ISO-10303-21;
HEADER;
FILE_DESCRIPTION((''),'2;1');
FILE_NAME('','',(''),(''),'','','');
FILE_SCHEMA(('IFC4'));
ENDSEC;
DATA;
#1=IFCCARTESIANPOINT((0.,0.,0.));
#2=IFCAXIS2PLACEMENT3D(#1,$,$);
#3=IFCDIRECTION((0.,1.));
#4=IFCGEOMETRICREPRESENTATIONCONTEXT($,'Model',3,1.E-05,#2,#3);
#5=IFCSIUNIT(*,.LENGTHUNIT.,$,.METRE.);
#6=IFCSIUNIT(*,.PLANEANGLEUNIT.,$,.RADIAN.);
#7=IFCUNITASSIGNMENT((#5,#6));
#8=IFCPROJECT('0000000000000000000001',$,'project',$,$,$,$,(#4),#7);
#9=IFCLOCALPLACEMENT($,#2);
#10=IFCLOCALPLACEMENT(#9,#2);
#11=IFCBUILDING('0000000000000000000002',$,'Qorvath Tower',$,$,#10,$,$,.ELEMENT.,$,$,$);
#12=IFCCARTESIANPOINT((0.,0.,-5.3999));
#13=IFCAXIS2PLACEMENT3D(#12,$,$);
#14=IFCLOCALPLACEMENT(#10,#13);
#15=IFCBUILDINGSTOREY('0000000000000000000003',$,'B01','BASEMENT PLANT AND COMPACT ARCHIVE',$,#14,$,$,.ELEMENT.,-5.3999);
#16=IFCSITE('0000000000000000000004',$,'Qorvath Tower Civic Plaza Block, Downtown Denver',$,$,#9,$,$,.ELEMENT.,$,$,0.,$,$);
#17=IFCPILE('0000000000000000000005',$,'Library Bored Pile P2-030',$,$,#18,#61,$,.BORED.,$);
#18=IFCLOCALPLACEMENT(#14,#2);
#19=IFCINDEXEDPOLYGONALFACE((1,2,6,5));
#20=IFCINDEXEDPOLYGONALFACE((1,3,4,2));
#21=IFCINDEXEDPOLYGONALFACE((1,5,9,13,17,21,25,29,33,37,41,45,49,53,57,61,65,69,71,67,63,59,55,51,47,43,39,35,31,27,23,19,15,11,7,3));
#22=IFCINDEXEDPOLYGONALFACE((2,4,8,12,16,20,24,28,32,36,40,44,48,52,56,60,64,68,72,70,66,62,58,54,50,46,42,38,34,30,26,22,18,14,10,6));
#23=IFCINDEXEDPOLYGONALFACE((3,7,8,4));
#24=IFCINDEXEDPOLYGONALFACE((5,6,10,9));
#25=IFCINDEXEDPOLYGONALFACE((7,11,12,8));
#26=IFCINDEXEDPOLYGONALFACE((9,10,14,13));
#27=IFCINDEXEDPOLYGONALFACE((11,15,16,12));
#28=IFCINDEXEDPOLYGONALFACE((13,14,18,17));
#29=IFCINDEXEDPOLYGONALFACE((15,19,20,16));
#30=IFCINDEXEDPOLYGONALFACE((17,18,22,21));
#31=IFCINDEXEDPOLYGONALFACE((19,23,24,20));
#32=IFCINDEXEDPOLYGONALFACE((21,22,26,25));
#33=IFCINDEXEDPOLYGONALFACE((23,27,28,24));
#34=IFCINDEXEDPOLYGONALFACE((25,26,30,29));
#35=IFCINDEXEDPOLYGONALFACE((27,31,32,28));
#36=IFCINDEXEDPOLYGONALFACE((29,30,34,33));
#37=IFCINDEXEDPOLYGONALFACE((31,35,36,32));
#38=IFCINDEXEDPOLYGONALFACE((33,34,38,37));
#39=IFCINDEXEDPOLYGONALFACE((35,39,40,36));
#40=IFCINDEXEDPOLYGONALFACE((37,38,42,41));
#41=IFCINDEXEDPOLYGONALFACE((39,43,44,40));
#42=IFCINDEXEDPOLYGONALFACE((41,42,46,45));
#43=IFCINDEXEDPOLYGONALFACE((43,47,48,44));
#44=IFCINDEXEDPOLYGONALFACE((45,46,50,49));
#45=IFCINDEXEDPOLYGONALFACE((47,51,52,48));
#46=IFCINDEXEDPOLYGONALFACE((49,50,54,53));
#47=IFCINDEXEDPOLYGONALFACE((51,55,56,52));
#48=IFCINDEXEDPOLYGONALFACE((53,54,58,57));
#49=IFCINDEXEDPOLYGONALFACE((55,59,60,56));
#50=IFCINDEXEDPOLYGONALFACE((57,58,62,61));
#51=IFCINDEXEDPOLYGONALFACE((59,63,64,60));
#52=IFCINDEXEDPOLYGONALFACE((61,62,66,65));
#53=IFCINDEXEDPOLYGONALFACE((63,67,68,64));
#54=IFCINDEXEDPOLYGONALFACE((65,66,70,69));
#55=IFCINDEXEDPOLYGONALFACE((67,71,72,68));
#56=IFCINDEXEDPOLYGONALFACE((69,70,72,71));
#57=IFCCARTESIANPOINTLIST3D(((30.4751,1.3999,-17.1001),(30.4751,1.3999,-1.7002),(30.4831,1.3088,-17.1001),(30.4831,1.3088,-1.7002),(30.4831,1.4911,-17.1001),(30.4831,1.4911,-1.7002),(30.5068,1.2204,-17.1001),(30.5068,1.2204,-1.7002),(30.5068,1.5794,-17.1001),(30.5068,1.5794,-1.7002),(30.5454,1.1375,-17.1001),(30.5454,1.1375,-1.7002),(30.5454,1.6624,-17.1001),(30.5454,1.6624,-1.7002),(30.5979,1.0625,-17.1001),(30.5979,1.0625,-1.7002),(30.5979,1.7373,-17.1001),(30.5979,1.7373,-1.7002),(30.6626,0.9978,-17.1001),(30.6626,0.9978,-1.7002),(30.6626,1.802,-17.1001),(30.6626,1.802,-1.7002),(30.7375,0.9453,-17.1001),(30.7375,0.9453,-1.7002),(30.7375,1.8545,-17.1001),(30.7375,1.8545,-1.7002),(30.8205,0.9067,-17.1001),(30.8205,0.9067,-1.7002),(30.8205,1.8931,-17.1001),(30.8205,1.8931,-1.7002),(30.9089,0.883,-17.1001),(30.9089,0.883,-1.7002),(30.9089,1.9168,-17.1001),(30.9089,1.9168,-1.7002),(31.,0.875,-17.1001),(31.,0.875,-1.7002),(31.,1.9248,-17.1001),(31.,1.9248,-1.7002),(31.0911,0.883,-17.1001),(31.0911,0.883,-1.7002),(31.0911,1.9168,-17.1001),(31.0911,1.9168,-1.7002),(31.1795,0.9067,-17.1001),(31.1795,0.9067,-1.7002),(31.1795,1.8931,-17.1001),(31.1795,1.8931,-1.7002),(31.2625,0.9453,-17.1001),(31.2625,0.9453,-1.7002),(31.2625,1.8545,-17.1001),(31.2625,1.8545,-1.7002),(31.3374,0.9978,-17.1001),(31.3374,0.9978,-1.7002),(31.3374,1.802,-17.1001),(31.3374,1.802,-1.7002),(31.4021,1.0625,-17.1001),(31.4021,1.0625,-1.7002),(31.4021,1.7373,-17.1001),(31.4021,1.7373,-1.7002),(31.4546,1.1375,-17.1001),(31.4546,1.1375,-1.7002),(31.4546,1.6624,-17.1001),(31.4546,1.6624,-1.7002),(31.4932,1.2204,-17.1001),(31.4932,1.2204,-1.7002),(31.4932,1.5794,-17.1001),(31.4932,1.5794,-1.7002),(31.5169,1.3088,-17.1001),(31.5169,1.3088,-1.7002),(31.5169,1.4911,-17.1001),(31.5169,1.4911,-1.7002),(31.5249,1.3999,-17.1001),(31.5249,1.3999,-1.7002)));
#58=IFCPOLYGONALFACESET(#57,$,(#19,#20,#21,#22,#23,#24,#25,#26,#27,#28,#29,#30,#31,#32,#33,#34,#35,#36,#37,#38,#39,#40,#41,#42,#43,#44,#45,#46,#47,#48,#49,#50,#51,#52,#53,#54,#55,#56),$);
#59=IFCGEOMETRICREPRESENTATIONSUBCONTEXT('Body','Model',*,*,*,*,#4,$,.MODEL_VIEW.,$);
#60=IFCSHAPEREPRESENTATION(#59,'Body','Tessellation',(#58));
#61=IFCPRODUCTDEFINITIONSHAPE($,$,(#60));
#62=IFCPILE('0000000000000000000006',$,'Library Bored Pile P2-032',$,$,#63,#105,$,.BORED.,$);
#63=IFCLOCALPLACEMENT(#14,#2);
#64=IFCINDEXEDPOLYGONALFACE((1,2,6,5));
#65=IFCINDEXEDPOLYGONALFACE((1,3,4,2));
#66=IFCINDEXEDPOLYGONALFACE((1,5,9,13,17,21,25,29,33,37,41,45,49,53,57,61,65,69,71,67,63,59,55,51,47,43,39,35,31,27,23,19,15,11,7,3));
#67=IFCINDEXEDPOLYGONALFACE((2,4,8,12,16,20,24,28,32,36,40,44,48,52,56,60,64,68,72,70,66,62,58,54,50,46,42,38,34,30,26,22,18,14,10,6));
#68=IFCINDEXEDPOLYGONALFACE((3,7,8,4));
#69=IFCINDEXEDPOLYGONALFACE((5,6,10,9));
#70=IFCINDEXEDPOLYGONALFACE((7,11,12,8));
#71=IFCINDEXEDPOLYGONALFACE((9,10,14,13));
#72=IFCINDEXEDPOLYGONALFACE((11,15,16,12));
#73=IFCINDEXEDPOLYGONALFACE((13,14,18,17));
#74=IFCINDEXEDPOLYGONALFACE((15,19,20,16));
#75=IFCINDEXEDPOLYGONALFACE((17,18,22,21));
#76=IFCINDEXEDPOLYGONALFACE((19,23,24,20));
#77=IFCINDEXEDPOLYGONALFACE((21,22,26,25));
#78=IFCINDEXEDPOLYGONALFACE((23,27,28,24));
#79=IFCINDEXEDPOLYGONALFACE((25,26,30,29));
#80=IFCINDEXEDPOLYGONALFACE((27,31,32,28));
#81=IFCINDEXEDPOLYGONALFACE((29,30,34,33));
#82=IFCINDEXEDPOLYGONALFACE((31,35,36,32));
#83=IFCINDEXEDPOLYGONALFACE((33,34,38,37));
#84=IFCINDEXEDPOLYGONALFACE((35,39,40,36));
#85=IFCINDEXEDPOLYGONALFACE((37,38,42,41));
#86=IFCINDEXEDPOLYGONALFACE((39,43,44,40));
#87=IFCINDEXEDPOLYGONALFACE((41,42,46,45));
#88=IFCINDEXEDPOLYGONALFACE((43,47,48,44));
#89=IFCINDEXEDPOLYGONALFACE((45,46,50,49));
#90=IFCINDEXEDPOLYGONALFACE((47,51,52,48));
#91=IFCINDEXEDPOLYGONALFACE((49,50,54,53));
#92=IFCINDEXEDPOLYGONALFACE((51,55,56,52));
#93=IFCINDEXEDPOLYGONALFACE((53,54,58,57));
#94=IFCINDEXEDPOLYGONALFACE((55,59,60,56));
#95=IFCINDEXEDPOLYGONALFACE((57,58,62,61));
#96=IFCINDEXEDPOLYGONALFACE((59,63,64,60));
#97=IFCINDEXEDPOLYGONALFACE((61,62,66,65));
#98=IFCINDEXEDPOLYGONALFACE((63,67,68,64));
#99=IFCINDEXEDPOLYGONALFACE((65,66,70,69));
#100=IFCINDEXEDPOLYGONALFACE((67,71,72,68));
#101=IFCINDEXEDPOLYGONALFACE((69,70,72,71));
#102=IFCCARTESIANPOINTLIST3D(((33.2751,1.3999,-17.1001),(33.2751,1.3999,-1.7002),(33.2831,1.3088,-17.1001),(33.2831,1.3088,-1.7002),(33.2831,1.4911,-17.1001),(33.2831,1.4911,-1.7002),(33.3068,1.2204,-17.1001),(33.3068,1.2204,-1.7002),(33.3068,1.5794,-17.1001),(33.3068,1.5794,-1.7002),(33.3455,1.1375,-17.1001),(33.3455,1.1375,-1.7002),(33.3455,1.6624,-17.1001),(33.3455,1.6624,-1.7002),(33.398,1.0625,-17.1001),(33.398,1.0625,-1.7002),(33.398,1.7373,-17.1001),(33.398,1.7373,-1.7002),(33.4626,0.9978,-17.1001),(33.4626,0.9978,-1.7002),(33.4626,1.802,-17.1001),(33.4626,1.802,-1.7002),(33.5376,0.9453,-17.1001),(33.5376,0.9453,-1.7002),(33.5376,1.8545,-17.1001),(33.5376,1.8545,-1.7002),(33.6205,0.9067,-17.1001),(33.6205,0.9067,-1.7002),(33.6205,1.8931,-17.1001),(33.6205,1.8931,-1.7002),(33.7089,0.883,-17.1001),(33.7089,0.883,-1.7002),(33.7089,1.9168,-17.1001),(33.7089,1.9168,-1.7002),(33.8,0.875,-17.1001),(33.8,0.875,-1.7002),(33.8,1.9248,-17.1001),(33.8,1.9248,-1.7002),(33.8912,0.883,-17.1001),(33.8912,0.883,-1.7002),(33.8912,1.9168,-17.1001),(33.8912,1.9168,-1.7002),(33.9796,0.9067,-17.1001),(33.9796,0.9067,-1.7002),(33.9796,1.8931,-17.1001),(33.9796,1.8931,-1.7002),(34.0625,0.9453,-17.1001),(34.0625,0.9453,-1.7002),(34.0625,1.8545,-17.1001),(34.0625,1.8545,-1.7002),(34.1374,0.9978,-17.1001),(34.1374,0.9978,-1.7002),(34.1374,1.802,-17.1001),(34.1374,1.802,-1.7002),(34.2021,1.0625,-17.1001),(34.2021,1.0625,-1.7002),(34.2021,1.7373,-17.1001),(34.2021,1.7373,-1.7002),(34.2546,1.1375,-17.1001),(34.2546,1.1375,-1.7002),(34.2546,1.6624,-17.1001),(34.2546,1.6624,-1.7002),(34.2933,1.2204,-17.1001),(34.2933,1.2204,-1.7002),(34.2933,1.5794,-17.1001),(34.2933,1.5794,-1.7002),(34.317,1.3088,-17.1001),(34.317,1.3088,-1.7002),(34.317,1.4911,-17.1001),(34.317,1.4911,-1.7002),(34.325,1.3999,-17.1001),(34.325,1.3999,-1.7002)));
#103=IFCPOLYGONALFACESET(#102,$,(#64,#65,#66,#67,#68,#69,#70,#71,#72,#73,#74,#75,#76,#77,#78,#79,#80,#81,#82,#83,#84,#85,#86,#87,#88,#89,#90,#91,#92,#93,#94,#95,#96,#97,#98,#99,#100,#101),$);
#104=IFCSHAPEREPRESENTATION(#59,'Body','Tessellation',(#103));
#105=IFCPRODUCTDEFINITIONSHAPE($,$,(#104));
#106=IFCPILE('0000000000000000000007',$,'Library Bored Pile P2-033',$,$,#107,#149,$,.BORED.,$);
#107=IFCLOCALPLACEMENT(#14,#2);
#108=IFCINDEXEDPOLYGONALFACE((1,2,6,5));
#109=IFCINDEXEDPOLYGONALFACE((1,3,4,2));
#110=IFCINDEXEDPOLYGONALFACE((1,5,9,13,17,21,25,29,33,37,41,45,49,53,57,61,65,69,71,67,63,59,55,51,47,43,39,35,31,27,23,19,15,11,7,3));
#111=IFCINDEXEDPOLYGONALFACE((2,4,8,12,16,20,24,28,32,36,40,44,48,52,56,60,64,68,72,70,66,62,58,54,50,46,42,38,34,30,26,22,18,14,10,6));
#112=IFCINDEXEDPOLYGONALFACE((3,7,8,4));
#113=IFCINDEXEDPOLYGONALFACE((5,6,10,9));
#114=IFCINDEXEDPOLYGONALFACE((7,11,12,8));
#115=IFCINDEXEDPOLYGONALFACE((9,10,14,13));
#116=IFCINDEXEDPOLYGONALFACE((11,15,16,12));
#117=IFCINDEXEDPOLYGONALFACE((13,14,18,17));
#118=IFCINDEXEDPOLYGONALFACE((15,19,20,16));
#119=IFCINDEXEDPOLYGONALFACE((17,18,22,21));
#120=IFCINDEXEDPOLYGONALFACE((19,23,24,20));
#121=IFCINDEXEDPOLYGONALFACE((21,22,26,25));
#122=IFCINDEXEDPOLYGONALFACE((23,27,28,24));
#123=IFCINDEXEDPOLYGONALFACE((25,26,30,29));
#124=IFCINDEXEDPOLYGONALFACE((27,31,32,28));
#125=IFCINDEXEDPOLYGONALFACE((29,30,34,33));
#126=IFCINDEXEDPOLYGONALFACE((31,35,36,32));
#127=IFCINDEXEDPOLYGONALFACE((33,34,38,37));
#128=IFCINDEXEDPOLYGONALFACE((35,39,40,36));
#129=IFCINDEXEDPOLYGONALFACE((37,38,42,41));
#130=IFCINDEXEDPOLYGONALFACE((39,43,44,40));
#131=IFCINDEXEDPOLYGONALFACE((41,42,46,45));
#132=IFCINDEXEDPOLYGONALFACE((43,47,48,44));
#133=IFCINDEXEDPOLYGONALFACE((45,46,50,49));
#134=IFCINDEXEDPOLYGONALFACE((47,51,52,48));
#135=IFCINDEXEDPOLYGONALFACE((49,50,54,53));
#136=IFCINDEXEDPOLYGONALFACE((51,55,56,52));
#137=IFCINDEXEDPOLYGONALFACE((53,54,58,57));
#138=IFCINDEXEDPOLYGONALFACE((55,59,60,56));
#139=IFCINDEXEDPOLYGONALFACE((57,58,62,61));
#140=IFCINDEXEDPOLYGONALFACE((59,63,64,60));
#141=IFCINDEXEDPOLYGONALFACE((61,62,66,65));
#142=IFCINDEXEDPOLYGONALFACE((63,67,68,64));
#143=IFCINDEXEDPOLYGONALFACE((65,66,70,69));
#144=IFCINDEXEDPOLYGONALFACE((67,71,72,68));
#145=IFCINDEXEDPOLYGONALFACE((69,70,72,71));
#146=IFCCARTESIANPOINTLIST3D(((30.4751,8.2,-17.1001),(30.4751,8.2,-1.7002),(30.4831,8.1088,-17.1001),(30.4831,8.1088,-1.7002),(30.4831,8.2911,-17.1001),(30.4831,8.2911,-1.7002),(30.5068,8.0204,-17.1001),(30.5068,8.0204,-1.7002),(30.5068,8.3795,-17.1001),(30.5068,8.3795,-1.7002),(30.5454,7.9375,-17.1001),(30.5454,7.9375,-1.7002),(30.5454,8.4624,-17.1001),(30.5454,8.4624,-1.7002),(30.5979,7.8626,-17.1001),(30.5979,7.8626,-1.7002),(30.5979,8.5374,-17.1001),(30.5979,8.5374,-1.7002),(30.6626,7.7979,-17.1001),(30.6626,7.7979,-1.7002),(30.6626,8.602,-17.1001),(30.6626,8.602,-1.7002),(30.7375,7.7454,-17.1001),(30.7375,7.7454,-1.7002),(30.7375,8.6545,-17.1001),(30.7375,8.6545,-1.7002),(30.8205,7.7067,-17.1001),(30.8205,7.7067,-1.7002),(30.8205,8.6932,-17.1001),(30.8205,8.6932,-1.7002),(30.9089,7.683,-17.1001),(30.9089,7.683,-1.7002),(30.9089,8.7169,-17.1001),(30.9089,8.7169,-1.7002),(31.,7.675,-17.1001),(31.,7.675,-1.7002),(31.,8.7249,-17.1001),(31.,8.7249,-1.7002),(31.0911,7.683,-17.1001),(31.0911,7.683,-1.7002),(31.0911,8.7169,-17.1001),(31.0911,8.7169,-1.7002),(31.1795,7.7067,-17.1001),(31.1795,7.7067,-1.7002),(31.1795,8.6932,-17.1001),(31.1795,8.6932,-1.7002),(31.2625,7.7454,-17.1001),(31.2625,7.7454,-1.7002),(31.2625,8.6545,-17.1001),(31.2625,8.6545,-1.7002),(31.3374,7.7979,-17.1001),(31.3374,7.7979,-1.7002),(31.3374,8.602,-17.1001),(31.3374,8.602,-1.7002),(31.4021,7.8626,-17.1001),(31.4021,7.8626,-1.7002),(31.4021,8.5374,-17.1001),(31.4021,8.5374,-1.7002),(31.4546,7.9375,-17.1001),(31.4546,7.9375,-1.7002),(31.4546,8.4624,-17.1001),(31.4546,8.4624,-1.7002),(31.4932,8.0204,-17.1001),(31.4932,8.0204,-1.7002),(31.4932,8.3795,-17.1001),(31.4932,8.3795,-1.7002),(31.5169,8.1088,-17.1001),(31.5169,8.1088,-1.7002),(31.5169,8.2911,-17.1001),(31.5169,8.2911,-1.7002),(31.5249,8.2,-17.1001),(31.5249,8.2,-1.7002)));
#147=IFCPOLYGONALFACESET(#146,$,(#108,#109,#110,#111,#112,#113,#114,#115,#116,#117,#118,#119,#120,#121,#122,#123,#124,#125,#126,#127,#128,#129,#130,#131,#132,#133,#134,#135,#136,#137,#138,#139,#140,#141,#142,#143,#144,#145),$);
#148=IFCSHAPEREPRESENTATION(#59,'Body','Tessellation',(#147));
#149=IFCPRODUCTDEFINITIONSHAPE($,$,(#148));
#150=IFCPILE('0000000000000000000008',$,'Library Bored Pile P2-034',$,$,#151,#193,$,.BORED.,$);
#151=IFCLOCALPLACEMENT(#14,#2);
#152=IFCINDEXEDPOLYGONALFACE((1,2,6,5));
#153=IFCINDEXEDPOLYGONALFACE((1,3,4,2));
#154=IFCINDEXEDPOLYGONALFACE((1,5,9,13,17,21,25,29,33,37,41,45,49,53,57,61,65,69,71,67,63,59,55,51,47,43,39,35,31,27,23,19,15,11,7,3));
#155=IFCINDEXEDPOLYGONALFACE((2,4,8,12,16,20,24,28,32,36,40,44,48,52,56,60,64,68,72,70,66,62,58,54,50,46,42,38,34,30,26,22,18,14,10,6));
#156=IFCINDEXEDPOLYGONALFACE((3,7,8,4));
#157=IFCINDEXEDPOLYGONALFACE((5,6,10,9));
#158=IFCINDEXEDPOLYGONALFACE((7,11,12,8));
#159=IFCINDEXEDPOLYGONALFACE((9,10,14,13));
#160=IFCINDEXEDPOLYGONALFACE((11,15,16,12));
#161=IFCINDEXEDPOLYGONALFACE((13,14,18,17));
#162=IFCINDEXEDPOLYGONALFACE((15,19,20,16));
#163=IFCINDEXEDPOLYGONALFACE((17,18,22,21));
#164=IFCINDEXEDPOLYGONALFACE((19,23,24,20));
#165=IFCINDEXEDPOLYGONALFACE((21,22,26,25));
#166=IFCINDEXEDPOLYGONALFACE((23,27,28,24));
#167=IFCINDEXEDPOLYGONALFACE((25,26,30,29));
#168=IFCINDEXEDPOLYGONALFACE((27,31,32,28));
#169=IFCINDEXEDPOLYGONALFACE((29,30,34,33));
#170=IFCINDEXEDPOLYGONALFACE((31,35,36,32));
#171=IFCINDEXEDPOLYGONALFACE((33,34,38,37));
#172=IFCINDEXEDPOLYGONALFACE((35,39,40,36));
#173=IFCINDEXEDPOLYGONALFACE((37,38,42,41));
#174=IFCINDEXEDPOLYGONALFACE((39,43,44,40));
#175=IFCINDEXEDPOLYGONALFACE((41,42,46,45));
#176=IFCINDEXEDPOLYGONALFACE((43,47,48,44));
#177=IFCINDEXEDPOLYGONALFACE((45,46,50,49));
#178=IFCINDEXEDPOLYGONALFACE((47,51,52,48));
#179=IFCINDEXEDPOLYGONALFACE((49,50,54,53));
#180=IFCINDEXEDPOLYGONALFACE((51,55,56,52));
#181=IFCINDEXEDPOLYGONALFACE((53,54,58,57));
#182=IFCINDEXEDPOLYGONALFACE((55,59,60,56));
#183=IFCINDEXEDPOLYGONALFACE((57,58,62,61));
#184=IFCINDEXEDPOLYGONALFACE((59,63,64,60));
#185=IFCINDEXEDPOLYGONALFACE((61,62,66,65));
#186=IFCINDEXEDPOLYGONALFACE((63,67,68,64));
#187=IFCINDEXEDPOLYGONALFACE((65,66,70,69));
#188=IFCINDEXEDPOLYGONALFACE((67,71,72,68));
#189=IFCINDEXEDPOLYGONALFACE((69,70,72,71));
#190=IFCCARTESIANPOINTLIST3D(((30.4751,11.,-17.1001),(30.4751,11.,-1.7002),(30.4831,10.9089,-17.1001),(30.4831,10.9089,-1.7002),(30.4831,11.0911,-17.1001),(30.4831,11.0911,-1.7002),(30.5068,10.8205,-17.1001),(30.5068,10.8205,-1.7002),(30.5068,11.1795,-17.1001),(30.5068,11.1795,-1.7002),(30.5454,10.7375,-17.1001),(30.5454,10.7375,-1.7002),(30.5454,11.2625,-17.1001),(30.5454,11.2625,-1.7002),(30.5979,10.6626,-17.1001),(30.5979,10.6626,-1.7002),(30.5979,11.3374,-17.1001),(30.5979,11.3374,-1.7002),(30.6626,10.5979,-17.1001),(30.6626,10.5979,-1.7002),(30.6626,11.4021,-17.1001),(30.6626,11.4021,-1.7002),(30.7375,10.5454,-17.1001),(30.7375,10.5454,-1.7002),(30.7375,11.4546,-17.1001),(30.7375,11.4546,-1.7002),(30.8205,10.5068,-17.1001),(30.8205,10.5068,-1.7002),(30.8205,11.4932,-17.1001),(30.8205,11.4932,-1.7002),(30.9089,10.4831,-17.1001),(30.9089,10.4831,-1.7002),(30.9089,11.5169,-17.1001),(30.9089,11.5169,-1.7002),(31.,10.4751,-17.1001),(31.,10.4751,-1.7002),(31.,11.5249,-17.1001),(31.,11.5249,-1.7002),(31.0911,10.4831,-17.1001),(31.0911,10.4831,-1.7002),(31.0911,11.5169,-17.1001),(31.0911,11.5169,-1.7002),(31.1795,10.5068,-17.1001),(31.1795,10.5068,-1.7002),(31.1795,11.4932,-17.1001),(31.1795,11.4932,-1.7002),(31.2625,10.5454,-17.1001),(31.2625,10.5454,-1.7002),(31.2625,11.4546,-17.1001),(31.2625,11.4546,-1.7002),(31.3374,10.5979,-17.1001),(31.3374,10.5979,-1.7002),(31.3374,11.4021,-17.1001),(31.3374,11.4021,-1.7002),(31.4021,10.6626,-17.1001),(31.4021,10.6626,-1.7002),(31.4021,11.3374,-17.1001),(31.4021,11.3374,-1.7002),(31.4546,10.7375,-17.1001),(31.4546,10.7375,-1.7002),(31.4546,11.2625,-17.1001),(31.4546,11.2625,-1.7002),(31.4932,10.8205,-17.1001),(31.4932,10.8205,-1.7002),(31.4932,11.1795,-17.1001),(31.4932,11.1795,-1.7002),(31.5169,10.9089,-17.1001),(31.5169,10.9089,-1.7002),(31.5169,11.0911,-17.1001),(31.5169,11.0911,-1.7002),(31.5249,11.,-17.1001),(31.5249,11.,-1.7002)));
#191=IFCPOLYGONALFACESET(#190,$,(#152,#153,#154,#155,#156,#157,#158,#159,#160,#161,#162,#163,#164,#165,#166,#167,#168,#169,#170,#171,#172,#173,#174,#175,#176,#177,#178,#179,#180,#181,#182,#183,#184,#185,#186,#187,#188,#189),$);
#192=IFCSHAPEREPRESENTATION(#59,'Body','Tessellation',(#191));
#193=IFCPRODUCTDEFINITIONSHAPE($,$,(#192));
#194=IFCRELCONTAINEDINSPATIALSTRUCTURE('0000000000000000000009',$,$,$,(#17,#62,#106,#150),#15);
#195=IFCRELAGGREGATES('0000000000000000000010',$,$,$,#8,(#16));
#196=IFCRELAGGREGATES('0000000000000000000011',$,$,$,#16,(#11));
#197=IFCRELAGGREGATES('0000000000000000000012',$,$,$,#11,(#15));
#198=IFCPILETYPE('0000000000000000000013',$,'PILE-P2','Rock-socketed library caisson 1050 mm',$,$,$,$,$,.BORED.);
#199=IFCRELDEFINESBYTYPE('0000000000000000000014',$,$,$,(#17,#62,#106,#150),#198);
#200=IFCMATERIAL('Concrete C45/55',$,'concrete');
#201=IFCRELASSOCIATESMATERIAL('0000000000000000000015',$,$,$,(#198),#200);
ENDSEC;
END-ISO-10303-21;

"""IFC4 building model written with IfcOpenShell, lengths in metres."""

from ifc_helpers import new_model, si_unit, direction, frame, origin, origin_2d, place, context, subcontext, project, spatial, circle, extrude, material, material_profile, profile_set, type_object, element, save


model = new_model("IFC4")

# Units and contexts
model_context = context("Model", 3, precision=1e-05, world=origin(), true_north=direction((0.0, 1.0)))
body_context = subcontext(model_context, "Body", "Model", "MODEL_VIEW")
ifc_project = project(units=[si_unit("LENGTHUNIT", "METRE"), si_unit("PLANEANGLEUNIT", "RADIAN")], contexts=[model_context])

# Site, building, storey
site_placement = place(None, origin())
site = spatial("IfcSite", under=ifc_project, at=site_placement, Name="Qorvath Tower Civic Plaza Block, Downtown Denver", CompositionType="ELEMENT", RefElevation=0.0)
building_placement = place(site_placement, origin())
building = spatial("IfcBuilding", under=site, at=building_placement, Name="Qorvath Tower", CompositionType="ELEMENT")
storey_placement = place(building_placement, frame((0.0, 0.0, -5.3999)))
storey = spatial("IfcBuildingStorey", under=building, at=storey_placement, Name="B01", Description="BASEMENT PLANT AND COMPACT ARCHIVE", CompositionType="ELEMENT", Elevation=-5.3999)

# Piles
ifc_material_1 = material(Name="Concrete C45/55", Category="concrete")
ifc_material_profile_1 = material_profile(ifc_material_1, circle(Radius=0.5249, at=origin_2d()), Name="BORED PILE 1050")
ifc_profile_set_1 = profile_set([ifc_material_profile_1], Name="Concrete C45/55")
pile_type_1 = type_object("IfcPileType", Name="PILE-P2", Description="Rock-socketed library caisson 1050 mm", PredefinedType="BORED", material=ifc_profile_set_1)
for number, where, z_axis, x_axis, name in (
    (1, (31.0, 1.3999, -1.7002), (0.0, 0.0, -1.0), (1.0, 0.0, 0.0), "Library Bored Pile P2-030"),
    (2, (33.8, 1.3999, -1.7002), (0.0, 0.0, -1.0), (1.0, 0.0, 0.0), "Library Bored Pile P2-032"),
    (3, (31.0, 8.2, -1.7002), (0.0, 0.0, -1.0), (1.0, 0.0, 0.0), "Library Bored Pile P2-033"),
    (4, (31.0, 11.0, -1.7002), (0.0, 0.0, -1.0), (1.0, 0.0, 0.0), "Library Bored Pile P2-034"),
):
    element("IfcPile", number, at=place(storey_placement, frame(where, z_axis=z_axis, x_axis=x_axis)), inside=storey, type_object=pile_type_1, Name=name, PredefinedType="BORED", context=body_context, shape_type="SweptSolid", body=[
        extrude(circle(Radius=0.5249, at=origin_2d()), origin(), (0.0, 0.0, 1.0), 15.3999),
    ])

save(model, "model.ifc")
